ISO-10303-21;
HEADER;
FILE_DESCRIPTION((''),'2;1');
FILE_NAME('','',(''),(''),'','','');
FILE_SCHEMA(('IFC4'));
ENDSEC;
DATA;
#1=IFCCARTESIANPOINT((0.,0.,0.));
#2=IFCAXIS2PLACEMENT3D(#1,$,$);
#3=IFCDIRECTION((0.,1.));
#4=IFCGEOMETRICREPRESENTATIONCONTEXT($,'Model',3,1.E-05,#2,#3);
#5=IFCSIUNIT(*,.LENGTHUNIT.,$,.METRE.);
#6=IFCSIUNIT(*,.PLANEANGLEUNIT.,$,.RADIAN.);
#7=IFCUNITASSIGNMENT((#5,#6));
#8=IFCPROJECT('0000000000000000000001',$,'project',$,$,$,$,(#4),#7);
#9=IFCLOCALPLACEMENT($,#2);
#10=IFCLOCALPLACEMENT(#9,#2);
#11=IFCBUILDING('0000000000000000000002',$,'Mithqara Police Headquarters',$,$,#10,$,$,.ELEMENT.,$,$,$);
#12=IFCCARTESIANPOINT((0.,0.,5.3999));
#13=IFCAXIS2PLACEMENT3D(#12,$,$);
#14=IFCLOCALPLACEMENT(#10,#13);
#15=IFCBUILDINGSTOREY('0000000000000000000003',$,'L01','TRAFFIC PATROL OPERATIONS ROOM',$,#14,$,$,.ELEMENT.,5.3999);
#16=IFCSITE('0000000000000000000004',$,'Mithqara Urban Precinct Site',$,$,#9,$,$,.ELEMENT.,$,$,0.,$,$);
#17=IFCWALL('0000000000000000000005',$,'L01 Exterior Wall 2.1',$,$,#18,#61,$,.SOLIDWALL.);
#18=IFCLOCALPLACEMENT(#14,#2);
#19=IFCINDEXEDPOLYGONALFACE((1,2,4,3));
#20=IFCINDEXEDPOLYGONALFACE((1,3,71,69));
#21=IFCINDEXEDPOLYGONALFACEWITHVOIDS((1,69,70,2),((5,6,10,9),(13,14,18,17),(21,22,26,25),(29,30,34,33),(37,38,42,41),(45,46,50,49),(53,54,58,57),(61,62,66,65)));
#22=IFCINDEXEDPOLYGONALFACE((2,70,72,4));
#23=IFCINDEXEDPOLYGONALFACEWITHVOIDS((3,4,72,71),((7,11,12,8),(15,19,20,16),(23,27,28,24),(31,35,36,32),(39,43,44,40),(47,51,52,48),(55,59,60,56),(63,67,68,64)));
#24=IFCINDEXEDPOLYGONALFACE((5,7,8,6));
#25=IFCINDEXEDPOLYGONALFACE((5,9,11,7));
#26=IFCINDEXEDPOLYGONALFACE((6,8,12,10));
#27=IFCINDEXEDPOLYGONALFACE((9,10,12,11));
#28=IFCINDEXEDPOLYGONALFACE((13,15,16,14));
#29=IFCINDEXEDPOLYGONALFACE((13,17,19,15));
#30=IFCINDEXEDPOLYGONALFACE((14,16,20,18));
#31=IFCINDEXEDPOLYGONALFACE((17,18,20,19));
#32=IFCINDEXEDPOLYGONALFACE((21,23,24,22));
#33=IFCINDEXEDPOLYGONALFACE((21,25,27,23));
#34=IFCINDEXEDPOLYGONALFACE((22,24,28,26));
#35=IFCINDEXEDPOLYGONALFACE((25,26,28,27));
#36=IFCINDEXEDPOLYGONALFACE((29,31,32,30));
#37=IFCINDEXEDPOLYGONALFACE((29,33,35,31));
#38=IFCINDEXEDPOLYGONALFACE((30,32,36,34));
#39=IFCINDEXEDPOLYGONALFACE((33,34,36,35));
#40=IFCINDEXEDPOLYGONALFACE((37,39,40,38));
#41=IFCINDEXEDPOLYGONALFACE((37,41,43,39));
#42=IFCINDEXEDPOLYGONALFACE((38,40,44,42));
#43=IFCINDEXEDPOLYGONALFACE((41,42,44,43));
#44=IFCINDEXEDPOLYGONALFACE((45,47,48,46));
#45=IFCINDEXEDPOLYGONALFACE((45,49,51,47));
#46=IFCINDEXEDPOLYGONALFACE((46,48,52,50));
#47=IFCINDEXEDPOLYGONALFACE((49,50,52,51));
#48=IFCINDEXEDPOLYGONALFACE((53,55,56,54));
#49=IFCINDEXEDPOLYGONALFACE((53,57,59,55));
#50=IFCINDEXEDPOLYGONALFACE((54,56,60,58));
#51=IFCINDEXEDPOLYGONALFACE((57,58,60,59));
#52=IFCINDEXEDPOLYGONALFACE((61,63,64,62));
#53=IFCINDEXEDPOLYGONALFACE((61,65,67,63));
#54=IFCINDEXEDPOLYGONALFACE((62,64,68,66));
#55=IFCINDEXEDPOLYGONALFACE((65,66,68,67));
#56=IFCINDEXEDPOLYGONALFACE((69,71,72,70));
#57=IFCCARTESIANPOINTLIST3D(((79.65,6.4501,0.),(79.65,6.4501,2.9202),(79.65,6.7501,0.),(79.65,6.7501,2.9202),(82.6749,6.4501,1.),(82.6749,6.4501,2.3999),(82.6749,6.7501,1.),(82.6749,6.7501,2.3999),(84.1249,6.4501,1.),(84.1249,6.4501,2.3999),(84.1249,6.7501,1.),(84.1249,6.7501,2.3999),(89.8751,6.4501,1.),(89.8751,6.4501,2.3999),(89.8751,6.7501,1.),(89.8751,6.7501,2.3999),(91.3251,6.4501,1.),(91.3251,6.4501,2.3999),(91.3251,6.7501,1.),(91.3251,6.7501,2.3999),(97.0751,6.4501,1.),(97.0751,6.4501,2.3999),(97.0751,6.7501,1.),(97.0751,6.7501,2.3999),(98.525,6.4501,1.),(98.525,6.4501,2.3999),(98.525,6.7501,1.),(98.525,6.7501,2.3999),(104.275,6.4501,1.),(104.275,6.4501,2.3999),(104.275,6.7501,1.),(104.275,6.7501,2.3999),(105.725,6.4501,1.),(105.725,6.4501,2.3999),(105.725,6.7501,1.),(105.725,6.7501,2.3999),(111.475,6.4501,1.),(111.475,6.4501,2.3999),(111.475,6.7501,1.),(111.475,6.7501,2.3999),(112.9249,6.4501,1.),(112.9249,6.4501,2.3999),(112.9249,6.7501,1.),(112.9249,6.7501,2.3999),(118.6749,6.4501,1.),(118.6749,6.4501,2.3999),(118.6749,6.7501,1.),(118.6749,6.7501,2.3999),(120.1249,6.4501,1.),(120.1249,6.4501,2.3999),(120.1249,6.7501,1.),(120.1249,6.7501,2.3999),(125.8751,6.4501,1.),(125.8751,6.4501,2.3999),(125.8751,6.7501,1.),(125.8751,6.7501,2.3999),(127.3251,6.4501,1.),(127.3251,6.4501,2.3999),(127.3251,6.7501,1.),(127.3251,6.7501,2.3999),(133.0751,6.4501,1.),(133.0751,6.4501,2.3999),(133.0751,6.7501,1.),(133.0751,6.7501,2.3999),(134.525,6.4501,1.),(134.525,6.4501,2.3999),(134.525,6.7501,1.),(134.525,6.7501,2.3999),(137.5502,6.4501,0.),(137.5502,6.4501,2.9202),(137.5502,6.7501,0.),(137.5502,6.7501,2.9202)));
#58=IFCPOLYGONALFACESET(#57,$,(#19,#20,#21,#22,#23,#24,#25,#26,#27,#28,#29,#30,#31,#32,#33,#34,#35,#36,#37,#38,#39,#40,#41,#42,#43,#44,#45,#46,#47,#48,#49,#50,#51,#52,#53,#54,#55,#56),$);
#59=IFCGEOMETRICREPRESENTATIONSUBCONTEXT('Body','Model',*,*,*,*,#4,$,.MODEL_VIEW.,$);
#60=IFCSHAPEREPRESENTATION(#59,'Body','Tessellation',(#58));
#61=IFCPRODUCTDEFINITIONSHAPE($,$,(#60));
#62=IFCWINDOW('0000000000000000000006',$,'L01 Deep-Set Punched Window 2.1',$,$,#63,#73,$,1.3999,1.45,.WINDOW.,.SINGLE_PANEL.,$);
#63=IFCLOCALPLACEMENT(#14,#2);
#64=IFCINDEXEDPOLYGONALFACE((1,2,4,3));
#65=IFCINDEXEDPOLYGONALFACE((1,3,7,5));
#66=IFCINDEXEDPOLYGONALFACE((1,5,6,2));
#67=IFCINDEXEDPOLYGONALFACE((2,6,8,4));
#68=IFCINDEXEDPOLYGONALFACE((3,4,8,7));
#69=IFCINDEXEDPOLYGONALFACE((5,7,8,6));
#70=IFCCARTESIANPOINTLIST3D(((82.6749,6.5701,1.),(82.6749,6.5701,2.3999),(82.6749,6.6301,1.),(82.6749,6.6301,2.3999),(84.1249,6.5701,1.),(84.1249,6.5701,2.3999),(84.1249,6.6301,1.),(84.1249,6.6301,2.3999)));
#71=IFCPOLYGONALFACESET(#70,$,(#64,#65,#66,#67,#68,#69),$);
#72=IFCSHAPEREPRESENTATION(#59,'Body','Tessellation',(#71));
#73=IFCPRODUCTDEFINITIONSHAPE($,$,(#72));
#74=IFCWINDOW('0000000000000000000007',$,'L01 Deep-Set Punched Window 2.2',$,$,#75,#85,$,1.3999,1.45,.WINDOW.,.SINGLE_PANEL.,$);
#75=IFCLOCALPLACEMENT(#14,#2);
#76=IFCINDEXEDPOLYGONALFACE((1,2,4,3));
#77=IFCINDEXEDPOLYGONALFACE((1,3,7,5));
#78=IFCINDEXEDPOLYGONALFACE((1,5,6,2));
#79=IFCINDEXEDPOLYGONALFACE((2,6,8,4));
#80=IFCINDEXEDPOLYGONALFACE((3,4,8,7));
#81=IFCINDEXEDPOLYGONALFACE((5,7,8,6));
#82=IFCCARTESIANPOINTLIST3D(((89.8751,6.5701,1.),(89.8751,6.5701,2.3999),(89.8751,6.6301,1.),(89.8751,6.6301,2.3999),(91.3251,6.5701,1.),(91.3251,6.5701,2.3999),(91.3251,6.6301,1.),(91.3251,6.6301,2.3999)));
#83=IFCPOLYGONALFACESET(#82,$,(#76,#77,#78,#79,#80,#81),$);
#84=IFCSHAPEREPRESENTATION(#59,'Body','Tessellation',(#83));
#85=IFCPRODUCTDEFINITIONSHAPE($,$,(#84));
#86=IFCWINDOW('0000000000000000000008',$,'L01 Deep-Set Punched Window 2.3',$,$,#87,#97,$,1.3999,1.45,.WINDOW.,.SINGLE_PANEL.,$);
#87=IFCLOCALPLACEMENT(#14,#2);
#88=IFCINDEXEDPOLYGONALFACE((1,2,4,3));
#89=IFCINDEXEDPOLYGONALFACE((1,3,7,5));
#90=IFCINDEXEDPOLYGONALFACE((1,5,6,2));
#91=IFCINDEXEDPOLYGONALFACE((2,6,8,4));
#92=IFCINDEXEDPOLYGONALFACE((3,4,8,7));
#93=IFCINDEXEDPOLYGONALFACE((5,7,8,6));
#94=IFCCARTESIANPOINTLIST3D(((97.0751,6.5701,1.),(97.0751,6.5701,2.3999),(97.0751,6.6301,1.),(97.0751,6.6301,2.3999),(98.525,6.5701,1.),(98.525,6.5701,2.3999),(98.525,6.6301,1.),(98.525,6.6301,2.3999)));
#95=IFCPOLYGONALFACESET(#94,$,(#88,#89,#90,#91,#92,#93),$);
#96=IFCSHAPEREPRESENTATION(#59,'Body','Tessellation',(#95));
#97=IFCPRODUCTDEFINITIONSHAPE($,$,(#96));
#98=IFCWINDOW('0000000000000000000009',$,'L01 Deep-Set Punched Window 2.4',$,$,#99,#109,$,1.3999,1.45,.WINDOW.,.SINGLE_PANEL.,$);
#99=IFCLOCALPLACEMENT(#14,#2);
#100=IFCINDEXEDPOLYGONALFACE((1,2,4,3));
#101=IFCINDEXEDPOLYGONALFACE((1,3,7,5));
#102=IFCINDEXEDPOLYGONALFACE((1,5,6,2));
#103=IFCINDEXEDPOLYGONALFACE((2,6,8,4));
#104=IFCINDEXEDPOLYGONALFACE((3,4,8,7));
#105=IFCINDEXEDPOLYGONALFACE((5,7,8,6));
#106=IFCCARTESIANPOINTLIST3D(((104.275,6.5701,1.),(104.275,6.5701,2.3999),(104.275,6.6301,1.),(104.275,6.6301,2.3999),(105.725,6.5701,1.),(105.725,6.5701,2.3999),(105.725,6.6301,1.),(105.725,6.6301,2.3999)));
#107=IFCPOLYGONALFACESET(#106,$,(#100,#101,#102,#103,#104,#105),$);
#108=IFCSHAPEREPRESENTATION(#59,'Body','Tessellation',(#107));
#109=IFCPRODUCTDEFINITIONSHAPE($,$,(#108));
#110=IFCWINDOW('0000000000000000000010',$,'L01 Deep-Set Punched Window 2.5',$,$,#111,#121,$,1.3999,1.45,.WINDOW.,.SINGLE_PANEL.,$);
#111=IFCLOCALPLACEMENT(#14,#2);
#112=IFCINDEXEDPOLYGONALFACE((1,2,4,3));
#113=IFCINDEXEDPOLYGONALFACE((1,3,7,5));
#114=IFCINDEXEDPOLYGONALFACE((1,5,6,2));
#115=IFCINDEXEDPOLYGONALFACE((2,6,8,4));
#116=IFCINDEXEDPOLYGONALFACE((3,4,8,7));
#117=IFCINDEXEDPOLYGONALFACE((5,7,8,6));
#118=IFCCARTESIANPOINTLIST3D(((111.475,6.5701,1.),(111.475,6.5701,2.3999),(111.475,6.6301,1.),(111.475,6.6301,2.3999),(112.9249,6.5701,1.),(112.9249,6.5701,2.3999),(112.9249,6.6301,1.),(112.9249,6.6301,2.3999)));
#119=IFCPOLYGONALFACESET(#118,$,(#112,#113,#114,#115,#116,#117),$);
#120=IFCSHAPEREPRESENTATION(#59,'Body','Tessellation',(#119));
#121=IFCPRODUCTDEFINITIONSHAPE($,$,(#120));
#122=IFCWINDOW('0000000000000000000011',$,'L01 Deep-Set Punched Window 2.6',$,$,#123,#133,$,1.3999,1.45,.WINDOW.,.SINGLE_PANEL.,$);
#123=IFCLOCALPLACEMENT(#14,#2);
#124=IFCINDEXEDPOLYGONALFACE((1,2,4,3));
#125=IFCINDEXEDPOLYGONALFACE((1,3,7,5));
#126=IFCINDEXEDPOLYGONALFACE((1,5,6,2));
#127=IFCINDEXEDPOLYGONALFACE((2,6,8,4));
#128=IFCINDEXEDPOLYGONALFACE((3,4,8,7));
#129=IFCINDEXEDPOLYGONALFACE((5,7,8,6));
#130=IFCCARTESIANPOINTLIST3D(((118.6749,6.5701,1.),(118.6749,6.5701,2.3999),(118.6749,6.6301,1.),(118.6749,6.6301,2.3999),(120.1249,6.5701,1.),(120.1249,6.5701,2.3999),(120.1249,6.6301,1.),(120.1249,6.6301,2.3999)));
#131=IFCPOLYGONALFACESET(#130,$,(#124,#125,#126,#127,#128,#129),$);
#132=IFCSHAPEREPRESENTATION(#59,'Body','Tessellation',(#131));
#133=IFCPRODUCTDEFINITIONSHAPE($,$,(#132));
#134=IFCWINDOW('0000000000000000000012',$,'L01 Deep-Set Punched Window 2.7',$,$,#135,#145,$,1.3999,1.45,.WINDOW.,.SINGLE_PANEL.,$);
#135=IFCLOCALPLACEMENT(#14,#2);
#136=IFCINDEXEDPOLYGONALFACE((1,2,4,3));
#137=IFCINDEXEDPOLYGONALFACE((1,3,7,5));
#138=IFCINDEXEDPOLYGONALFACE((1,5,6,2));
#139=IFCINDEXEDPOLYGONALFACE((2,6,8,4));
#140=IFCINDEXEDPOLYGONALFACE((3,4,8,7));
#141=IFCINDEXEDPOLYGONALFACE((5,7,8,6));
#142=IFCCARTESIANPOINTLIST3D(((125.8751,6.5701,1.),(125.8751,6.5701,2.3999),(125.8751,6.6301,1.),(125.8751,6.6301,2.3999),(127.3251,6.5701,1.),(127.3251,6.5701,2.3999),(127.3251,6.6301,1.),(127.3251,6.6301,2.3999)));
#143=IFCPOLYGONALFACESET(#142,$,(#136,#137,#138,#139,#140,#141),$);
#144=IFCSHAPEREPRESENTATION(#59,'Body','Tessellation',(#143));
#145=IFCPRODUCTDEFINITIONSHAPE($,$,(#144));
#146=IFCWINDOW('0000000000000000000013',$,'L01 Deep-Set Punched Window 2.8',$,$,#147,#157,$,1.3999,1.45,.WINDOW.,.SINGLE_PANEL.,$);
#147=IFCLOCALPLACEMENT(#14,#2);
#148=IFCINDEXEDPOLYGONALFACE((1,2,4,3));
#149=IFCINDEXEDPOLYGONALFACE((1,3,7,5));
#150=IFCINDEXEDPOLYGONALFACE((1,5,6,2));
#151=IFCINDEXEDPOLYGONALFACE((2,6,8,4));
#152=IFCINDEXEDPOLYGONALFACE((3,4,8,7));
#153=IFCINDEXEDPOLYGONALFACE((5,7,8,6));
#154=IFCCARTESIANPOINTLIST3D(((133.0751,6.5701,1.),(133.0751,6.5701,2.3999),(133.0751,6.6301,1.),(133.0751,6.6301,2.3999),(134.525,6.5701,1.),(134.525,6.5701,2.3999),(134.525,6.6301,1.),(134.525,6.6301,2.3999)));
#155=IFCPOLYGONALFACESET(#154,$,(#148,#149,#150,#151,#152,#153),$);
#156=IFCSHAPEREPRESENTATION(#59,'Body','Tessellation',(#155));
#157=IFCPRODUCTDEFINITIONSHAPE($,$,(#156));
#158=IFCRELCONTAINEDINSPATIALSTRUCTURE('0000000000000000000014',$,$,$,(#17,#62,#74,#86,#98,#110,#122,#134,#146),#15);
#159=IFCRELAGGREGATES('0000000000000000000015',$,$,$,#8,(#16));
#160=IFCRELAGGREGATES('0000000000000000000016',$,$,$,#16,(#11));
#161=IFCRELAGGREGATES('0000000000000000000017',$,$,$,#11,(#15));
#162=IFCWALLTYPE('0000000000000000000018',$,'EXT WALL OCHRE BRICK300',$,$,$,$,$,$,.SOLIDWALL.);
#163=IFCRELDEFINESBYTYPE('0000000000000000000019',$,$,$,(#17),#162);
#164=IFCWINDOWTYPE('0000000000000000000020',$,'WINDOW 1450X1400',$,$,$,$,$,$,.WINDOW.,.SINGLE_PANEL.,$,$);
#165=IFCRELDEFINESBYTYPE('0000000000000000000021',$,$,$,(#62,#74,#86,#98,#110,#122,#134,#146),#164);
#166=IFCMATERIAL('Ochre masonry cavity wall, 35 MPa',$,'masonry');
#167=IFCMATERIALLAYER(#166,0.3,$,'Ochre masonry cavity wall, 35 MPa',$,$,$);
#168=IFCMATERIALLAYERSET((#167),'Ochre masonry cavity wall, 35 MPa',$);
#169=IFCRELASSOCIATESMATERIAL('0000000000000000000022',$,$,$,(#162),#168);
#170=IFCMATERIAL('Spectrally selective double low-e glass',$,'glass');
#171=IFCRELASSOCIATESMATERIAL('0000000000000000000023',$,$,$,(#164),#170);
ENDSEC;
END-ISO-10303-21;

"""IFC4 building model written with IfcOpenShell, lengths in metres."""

from ifc_helpers import new_model, si_unit, direction, frame, frame_2d, origin, place, context, subcontext, project, spatial, rectangle, extrude, material, layer, layer_set, type_object, element, fill, save


model = new_model("IFC4")

# Units and contexts
model_context = context("Model", 3, precision=1e-05, world=origin(), true_north=direction((0.0, 1.0)))
body_context = subcontext(model_context, "Body", "Model", "MODEL_VIEW")
ifc_project = project(units=[si_unit("LENGTHUNIT", "METRE"), si_unit("PLANEANGLEUNIT", "RADIAN")], contexts=[model_context])

# Site, building, storey
site_placement = place(None, origin())
site = spatial("IfcSite", under=ifc_project, at=site_placement, Name="Mithqara Urban Precinct Site", CompositionType="ELEMENT", RefElevation=0.0)
building_placement = place(site_placement, origin())
building = spatial("IfcBuilding", under=site, at=building_placement, Name="Mithqara Police Headquarters", CompositionType="ELEMENT")
storey_placement = place(building_placement, frame((0.0, 0.0, 5.3999)))
storey = spatial("IfcBuildingStorey", under=building, at=storey_placement, Name="L01", Description="TRAFFIC PATROL OPERATIONS ROOM", CompositionType="ELEMENT", Elevation=5.3999)

# Wall, openings, windows
ifc_material_1 = material(Name="Ochre masonry cavity wall, 35 MPa", Category="masonry")
ifc_layer_1 = layer(ifc_material_1, 0.3, Name="Ochre masonry cavity wall, 35 MPa")
ifc_layer_set_1 = layer_set([ifc_layer_1], Name="Ochre masonry cavity wall, 35 MPa")
wall_type_1 = type_object("IfcWallType", Name="EXT WALL OCHRE BRICK300", PredefinedType="SOLIDWALL", material=ifc_layer_set_1)
wall_1_placement = place(storey_placement, frame((79.6499, 6.6001, 0.0), z_axis=(0.0, 0.0, 1.0), x_axis=(1.0, 0.0, 0.0)))
wall_1 = element("IfcWall", 1, at=wall_1_placement, inside=storey, type_object=wall_type_1, Name="L01 Exterior Wall 2.1", PredefinedType="SOLIDWALL", context=body_context, shape_type="SweptSolid", body=[
    extrude(rectangle(XDim=57.9001, YDim=0.3, at=frame_2d((28.9502, 0.0))), origin(), (0.0, 0.0, 1.0), 2.9202),
])
opening_1_placement = place(wall_1_placement, frame((3.0249, 0.0, 1.0)))
opening_1 = element("IfcOpeningElement", 2, at=opening_1_placement, cuts=wall_1, PredefinedType="OPENING", context=body_context, shape_type="SweptSolid", body=[
    extrude(rectangle(XDim=1.45, YDim=1.3999, at=frame_2d((0.7251, 0.7))), frame((0.0, 0.1602, 0.0), z_axis=(0.0, -1.0, 0.0), x_axis=(1.0, 0.0, 0.0)), (0.0, 0.0, 1.0), 0.3201),
])
opening_2_placement = place(wall_1_placement, frame((10.2251, 0.0, 1.0)))
opening_2 = element("IfcOpeningElement", 3, at=opening_2_placement, cuts=wall_1, PredefinedType="OPENING", context=body_context, shape_type="SweptSolid", body=[
    extrude(rectangle(XDim=1.45, YDim=1.3999, at=frame_2d((0.7251, 0.7))), frame((0.0, 0.1602, 0.0), z_axis=(0.0, -1.0, 0.0), x_axis=(1.0, 0.0, 0.0)), (0.0, 0.0, 1.0), 0.3201),
])
opening_3_placement = place(wall_1_placement, frame((17.425, 0.0, 1.0)))
opening_3 = element("IfcOpeningElement", 4, at=opening_3_placement, cuts=wall_1, PredefinedType="OPENING", context=body_context, shape_type="SweptSolid", body=[
    extrude(rectangle(XDim=1.45, YDim=1.3999, at=frame_2d((0.7251, 0.7))), frame((0.0, 0.1602, 0.0), z_axis=(0.0, -1.0, 0.0), x_axis=(1.0, 0.0, 0.0)), (0.0, 0.0, 1.0), 0.3201),
])
opening_4_placement = place(wall_1_placement, frame((24.625, 0.0, 1.0)))
opening_4 = element("IfcOpeningElement", 5, at=opening_4_placement, cuts=wall_1, PredefinedType="OPENING", context=body_context, shape_type="SweptSolid", body=[
    extrude(rectangle(XDim=1.45, YDim=1.3999, at=frame_2d((0.7251, 0.7))), frame((0.0, 0.1602, 0.0), z_axis=(0.0, -1.0, 0.0), x_axis=(1.0, 0.0, 0.0)), (0.0, 0.0, 1.0), 0.3201),
])
opening_5_placement = place(wall_1_placement, frame((31.825, 0.0, 1.0)))
opening_5 = element("IfcOpeningElement", 6, at=opening_5_placement, cuts=wall_1, PredefinedType="OPENING", context=body_context, shape_type="SweptSolid", body=[
    extrude(rectangle(XDim=1.45, YDim=1.3999, at=frame_2d((0.7251, 0.7))), frame((0.0, 0.1602, 0.0), z_axis=(0.0, -1.0, 0.0), x_axis=(1.0, 0.0, 0.0)), (0.0, 0.0, 1.0), 0.3201),
])
opening_6_placement = place(wall_1_placement, frame((39.0249, 0.0, 1.0)))
opening_6 = element("IfcOpeningElement", 7, at=opening_6_placement, cuts=wall_1, PredefinedType="OPENING", context=body_context, shape_type="SweptSolid", body=[
    extrude(rectangle(XDim=1.45, YDim=1.3999, at=frame_2d((0.7251, 0.7))), frame((0.0, 0.1602, 0.0), z_axis=(0.0, -1.0, 0.0), x_axis=(1.0, 0.0, 0.0)), (0.0, 0.0, 1.0), 0.3201),
])
opening_7_placement = place(wall_1_placement, frame((46.2251, 0.0, 1.0)))
opening_7 = element("IfcOpeningElement", 8, at=opening_7_placement, cuts=wall_1, PredefinedType="OPENING", context=body_context, shape_type="SweptSolid", body=[
    extrude(rectangle(XDim=1.45, YDim=1.3999, at=frame_2d((0.7251, 0.7))), frame((0.0, 0.1602, 0.0), z_axis=(0.0, -1.0, 0.0), x_axis=(1.0, 0.0, 0.0)), (0.0, 0.0, 1.0), 0.3201),
])
opening_8_placement = place(wall_1_placement, frame((53.425, 0.0, 1.0)))
opening_8 = element("IfcOpeningElement", 9, at=opening_8_placement, cuts=wall_1, PredefinedType="OPENING", context=body_context, shape_type="SweptSolid", body=[
    extrude(rectangle(XDim=1.45, YDim=1.3999, at=frame_2d((0.7251, 0.7))), frame((0.0, 0.1602, 0.0), z_axis=(0.0, -1.0, 0.0), x_axis=(1.0, 0.0, 0.0)), (0.0, 0.0, 1.0), 0.3201),
])
ifc_material_2 = material(Name="Spectrally selective double low-e glass", Category="glass")
window_type = type_object("IfcWindowType", Name="WINDOW 1450X1400", PartitioningType="SINGLE_PANEL", PredefinedType="WINDOW", material=ifc_material_2)
window_1_placement = place(opening_1_placement, origin())
window_1 = element("IfcWindow", 10, at=window_1_placement, inside=storey, type_object=window_type, Name="L01 Deep-Set Punched Window 2.1", OverallHeight=1.3999, OverallWidth=1.45, PartitioningType="SINGLE_PANEL", PredefinedType="WINDOW", context=body_context, shape_type="SweptSolid", body=[
    extrude(rectangle(XDim=1.45, YDim=1.3999, at=frame_2d((0.7251, 0.7))), frame((0.0, 0.03, 0.0), z_axis=(0.0, -1.0, 0.0), x_axis=(1.0, 0.0, 0.0)), (0.0, 0.0, 1.0), 0.0601),
])
fill(opening_1, window_1)
window_2_placement = place(opening_2_placement, origin())
window_2 = element("IfcWindow", 11, at=window_2_placement, inside=storey, type_object=window_type, Name="L01 Deep-Set Punched Window 2.2", OverallHeight=1.3999, OverallWidth=1.45, PartitioningType="SINGLE_PANEL", PredefinedType="WINDOW", context=body_context, shape_type="SweptSolid", body=[
    extrude(rectangle(XDim=1.45, YDim=1.3999, at=frame_2d((0.7251, 0.7))), frame((0.0, 0.03, 0.0), z_axis=(0.0, -1.0, 0.0), x_axis=(1.0, 0.0, 0.0)), (0.0, 0.0, 1.0), 0.0601),
])
fill(opening_2, window_2)
window_3_placement = place(opening_3_placement, origin())
window_3 = element("IfcWindow", 12, at=window_3_placement, inside=storey, type_object=window_type, Name="L01 Deep-Set Punched Window 2.3", OverallHeight=1.3999, OverallWidth=1.45, PartitioningType="SINGLE_PANEL", PredefinedType="WINDOW", context=body_context, shape_type="SweptSolid", body=[
    extrude(rectangle(XDim=1.45, YDim=1.3999, at=frame_2d((0.7251, 0.7))), frame((0.0, 0.03, 0.0), z_axis=(0.0, -1.0, 0.0), x_axis=(1.0, 0.0, 0.0)), (0.0, 0.0, 1.0), 0.0601),
])
fill(opening_3, window_3)
window_4_placement = place(opening_4_placement, origin())
window_4 = element("IfcWindow", 13, at=window_4_placement, inside=storey, type_object=window_type, Name="L01 Deep-Set Punched Window 2.4", OverallHeight=1.3999, OverallWidth=1.45, PartitioningType="SINGLE_PANEL", PredefinedType="WINDOW", context=body_context, shape_type="SweptSolid", body=[
    extrude(rectangle(XDim=1.45, YDim=1.3999, at=frame_2d((0.7251, 0.7))), frame((0.0, 0.03, 0.0), z_axis=(0.0, -1.0, 0.0), x_axis=(1.0, 0.0, 0.0)), (0.0, 0.0, 1.0), 0.0601),
])
fill(opening_4, window_4)
window_5_placement = place(opening_5_placement, origin())
window_5 = element("IfcWindow", 14, at=window_5_placement, inside=storey, type_object=window_type, Name="L01 Deep-Set Punched Window 2.5", OverallHeight=1.3999, OverallWidth=1.45, PartitioningType="SINGLE_PANEL", PredefinedType="WINDOW", context=body_context, shape_type="SweptSolid", body=[
    extrude(rectangle(XDim=1.45, YDim=1.3999, at=frame_2d((0.7251, 0.7))), frame((0.0, 0.03, 0.0), z_axis=(0.0, -1.0, 0.0), x_axis=(1.0, 0.0, 0.0)), (0.0, 0.0, 1.0), 0.0601),
])
fill(opening_5, window_5)
window_6_placement = place(opening_6_placement, origin())
window_6 = element("IfcWindow", 15, at=window_6_placement, inside=storey, type_object=window_type, Name="L01 Deep-Set Punched Window 2.6", OverallHeight=1.3999, OverallWidth=1.45, PartitioningType="SINGLE_PANEL", PredefinedType="WINDOW", context=body_context, shape_type="SweptSolid", body=[
    extrude(rectangle(XDim=1.45, YDim=1.3999, at=frame_2d((0.7251, 0.7))), frame((0.0, 0.03, 0.0), z_axis=(0.0, -1.0, 0.0), x_axis=(1.0, 0.0, 0.0)), (0.0, 0.0, 1.0), 0.0601),
])
fill(opening_6, window_6)
window_7_placement = place(opening_7_placement, origin())
window_7 = element("IfcWindow", 16, at=window_7_placement, inside=storey, type_object=window_type, Name="L01 Deep-Set Punched Window 2.7", OverallHeight=1.3999, OverallWidth=1.45, PartitioningType="SINGLE_PANEL", PredefinedType="WINDOW", context=body_context, shape_type="SweptSolid", body=[
    extrude(rectangle(XDim=1.45, YDim=1.3999, at=frame_2d((0.7251, 0.7))), frame((0.0, 0.03, 0.0), z_axis=(0.0, -1.0, 0.0), x_axis=(1.0, 0.0, 0.0)), (0.0, 0.0, 1.0), 0.0601),
])
fill(opening_7, window_7)
window_8_placement = place(opening_8_placement, origin())
window_8 = element("IfcWindow", 17, at=window_8_placement, inside=storey, type_object=window_type, Name="L01 Deep-Set Punched Window 2.8", OverallHeight=1.3999, OverallWidth=1.45, PartitioningType="SINGLE_PANEL", PredefinedType="WINDOW", context=body_context, shape_type="SweptSolid", body=[
    extrude(rectangle(XDim=1.45, YDim=1.3999, at=frame_2d((0.7251, 0.7))), frame((0.0, 0.03, 0.0), z_axis=(0.0, -1.0, 0.0), x_axis=(1.0, 0.0, 0.0)), (0.0, 0.0, 1.0), 0.0601),
])
fill(opening_8, window_8)

save(model, "model.ifc")
